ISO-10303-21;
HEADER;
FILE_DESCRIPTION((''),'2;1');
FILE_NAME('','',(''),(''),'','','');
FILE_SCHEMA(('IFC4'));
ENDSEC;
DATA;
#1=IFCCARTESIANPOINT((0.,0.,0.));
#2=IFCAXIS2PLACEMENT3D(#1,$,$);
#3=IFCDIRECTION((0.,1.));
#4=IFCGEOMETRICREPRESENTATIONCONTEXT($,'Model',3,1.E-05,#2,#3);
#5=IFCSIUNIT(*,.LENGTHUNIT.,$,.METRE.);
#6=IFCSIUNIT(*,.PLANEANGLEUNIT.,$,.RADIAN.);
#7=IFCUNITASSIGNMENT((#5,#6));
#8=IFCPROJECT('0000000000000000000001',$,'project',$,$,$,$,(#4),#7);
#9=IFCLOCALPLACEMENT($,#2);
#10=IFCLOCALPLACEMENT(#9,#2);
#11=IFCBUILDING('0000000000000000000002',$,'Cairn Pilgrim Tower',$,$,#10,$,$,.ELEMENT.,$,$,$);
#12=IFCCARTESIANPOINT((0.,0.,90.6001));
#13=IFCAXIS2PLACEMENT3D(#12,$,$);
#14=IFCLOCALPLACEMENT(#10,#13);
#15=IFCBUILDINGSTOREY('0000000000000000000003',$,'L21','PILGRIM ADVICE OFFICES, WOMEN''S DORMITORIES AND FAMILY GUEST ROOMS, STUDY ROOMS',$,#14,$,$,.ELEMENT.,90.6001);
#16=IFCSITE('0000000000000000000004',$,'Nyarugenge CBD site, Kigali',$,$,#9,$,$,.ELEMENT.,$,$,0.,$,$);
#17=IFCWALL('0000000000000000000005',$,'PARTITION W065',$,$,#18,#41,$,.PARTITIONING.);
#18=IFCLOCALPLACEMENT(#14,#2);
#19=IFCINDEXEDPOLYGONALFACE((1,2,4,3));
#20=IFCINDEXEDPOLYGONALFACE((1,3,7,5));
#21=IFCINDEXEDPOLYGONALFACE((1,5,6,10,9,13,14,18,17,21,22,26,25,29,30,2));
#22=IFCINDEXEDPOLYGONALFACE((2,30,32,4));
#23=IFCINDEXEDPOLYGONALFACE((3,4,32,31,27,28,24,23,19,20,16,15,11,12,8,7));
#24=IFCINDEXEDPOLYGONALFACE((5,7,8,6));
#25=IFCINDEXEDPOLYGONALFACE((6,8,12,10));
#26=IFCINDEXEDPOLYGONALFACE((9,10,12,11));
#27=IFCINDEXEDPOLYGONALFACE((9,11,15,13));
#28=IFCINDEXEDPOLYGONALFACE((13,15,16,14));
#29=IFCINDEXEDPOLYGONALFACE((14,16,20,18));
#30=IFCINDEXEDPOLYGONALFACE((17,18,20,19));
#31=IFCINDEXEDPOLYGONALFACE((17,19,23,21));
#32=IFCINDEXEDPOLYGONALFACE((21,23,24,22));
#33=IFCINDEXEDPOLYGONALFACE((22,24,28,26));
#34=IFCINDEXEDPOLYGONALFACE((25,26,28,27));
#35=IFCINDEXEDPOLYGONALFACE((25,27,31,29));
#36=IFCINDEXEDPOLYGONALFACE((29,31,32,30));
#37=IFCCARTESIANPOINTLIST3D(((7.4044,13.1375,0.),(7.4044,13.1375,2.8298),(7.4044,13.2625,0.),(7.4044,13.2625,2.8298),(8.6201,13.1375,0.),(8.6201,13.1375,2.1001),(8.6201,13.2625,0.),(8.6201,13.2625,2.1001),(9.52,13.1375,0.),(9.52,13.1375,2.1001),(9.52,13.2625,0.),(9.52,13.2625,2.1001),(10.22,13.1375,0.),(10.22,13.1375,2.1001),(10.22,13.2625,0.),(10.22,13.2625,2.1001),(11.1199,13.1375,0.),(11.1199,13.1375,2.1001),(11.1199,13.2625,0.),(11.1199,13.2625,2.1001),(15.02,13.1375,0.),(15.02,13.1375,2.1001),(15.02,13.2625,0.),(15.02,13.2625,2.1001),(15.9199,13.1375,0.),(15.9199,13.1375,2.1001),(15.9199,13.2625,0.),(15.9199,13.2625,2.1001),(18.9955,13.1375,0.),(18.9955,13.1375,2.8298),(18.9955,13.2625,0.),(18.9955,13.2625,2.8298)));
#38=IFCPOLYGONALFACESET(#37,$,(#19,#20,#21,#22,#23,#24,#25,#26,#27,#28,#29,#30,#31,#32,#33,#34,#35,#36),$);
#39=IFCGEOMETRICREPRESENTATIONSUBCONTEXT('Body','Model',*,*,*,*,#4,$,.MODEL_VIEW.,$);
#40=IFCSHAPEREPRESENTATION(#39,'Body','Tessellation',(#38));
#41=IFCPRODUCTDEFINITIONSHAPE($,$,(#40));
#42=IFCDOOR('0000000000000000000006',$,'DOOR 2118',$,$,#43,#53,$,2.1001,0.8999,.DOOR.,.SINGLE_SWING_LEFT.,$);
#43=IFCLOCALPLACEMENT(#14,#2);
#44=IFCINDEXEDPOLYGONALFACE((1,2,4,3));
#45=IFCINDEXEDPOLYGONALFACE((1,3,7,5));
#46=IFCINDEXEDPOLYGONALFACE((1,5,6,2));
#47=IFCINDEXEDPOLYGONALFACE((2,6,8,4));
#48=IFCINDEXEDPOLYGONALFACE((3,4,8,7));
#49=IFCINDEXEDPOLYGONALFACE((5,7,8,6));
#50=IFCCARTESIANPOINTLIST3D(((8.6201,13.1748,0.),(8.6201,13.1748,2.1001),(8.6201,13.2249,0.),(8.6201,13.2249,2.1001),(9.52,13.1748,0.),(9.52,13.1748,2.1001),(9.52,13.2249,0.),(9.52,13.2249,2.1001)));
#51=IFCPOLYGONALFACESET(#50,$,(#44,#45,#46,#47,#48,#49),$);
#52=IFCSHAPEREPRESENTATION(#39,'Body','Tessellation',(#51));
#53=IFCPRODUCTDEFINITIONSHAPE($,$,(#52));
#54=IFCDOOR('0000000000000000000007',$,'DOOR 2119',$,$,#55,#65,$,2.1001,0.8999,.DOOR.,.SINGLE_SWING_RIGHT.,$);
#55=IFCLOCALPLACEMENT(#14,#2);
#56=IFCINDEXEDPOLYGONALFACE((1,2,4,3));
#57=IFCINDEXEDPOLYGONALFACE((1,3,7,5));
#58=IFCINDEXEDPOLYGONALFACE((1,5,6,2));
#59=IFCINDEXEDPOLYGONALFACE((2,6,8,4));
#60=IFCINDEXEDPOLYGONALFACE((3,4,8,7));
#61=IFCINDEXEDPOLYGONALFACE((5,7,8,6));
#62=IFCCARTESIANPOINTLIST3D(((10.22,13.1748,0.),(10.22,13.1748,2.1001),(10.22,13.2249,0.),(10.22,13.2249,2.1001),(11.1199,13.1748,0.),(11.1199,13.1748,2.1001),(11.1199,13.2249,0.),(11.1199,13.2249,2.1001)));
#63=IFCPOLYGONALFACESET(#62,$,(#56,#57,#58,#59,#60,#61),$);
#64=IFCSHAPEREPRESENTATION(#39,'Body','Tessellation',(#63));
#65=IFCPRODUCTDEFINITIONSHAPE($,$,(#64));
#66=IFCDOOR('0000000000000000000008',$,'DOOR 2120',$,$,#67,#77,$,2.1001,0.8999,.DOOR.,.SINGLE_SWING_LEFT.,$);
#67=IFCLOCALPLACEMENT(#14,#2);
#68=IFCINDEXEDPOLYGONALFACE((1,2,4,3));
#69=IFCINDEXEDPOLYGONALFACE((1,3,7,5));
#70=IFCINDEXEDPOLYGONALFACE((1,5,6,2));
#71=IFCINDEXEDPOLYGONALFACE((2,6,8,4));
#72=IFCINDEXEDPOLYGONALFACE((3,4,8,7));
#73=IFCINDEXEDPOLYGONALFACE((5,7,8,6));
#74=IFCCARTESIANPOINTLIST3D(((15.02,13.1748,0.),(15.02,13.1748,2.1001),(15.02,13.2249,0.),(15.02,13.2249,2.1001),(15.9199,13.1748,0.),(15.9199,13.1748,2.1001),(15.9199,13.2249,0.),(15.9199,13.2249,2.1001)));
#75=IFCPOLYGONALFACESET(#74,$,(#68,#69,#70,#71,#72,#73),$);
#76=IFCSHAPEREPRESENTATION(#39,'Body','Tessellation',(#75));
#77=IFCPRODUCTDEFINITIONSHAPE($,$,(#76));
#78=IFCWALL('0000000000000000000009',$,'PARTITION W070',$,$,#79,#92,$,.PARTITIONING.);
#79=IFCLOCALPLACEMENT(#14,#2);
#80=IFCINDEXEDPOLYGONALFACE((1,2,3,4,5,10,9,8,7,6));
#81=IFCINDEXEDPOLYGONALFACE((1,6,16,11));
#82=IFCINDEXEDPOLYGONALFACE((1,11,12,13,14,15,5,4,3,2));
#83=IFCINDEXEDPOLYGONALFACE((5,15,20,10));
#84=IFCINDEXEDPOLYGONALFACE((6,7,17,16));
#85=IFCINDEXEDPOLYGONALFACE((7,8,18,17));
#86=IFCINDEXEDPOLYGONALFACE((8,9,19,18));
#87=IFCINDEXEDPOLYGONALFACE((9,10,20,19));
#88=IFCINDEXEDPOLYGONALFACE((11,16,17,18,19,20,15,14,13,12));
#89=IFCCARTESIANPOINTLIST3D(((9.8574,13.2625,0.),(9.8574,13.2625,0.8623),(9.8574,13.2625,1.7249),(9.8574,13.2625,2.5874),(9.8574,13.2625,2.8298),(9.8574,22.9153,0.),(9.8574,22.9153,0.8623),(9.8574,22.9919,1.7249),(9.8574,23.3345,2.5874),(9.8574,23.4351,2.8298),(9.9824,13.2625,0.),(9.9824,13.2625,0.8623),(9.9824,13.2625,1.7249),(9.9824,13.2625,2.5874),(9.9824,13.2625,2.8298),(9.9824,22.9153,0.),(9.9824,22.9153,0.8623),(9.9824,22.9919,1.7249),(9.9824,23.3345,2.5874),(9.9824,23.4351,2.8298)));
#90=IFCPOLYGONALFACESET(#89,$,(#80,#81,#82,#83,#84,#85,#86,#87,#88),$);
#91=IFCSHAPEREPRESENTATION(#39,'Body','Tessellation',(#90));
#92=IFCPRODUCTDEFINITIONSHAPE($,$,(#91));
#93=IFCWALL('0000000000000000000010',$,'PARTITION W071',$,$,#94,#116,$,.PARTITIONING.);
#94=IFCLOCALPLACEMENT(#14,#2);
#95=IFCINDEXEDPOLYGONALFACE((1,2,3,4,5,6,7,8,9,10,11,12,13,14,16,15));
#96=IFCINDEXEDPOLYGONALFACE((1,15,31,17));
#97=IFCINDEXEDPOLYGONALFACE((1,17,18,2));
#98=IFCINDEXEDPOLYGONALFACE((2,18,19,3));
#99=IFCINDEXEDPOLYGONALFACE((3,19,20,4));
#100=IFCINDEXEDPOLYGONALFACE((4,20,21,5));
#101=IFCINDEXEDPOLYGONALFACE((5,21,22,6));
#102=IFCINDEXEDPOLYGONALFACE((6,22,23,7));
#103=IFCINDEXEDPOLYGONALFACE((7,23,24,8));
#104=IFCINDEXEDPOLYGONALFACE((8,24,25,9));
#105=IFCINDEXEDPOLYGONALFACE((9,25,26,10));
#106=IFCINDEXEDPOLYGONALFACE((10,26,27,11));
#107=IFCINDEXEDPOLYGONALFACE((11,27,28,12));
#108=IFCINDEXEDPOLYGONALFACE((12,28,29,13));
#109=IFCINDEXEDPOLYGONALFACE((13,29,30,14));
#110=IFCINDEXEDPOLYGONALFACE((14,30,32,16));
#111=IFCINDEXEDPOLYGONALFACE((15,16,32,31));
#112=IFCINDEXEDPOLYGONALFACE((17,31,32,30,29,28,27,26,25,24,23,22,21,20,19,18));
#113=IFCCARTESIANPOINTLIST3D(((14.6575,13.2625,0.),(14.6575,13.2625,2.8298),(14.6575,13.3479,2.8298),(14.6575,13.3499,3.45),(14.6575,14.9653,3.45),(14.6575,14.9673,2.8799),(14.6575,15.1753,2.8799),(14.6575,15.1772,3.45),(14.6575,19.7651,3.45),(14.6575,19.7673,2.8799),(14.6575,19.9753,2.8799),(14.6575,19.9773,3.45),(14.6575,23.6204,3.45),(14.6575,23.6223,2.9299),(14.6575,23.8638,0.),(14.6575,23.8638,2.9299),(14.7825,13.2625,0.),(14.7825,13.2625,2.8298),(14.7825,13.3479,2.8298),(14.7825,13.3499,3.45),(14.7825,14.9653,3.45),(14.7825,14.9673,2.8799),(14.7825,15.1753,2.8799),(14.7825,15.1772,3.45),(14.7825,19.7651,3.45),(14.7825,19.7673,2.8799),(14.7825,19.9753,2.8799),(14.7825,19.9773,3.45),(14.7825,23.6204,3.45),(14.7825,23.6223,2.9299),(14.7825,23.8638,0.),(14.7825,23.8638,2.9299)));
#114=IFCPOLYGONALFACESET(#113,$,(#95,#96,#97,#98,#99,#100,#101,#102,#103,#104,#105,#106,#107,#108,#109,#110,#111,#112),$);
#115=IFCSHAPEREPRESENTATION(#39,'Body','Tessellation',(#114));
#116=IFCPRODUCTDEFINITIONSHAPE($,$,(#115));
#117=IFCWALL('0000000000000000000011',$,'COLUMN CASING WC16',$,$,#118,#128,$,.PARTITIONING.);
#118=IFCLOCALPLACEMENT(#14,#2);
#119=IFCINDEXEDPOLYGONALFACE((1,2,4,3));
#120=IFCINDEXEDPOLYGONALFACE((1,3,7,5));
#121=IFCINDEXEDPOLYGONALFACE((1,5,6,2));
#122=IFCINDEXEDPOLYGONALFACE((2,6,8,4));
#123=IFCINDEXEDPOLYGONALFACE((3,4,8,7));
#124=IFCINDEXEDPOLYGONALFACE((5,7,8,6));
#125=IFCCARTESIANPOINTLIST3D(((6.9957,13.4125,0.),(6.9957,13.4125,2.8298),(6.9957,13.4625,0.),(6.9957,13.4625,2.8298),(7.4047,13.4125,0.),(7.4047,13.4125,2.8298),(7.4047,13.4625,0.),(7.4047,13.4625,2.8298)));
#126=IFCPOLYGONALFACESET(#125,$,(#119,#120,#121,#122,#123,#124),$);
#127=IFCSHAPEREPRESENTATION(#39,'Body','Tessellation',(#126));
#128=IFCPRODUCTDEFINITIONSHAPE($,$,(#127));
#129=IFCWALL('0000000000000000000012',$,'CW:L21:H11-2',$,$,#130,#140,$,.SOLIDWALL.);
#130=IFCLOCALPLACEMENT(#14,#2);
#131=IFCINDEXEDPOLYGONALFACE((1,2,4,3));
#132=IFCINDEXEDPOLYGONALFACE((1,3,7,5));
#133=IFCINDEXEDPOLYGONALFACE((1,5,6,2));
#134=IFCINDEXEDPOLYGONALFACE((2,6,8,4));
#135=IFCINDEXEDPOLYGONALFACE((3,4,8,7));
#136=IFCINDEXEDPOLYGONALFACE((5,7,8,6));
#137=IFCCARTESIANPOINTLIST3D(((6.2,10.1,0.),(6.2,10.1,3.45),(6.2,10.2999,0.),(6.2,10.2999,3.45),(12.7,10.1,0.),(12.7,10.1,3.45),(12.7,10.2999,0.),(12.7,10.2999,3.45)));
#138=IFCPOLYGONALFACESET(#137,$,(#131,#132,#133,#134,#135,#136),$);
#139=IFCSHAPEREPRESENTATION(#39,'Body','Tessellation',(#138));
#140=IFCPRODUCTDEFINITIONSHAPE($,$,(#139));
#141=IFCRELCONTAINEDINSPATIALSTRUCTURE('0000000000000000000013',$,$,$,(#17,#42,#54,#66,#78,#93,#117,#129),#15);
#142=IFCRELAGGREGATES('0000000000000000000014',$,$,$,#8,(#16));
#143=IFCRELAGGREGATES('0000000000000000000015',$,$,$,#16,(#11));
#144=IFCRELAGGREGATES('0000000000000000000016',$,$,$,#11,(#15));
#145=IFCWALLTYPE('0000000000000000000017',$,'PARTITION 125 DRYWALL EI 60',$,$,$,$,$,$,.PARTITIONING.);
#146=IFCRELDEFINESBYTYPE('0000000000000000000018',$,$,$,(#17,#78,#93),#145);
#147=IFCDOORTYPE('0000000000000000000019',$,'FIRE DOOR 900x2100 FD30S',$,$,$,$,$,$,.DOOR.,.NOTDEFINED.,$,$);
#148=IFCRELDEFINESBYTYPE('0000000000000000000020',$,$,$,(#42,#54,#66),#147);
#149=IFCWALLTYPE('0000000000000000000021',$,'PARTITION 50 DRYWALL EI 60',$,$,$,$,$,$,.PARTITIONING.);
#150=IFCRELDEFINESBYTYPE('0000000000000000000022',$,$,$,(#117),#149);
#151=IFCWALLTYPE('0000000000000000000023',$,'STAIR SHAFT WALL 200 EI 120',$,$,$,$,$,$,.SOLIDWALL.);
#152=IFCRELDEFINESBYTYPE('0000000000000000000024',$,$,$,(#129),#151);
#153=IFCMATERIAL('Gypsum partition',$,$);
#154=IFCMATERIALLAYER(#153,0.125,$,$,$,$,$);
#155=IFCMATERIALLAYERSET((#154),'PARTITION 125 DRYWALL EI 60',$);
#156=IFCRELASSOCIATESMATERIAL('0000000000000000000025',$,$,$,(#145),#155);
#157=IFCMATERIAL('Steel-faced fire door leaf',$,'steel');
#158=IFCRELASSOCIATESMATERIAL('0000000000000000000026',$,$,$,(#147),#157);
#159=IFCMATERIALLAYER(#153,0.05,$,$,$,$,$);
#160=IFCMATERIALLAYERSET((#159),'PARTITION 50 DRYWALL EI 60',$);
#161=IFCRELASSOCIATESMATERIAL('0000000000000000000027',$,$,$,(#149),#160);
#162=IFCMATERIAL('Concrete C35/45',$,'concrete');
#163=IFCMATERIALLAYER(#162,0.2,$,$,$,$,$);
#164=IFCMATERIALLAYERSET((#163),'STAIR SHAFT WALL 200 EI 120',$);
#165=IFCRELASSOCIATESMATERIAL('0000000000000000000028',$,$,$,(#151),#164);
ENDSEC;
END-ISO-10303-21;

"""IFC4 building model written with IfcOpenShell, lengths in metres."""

from ifc_helpers import new_model, si_unit, direction, frame, frame_2d, origin, place, context, subcontext, project, spatial, polyline, rectangle, outline, extrude, material, layer, layer_set, type_object, element, fill, save


model = new_model("IFC4")

# Units and contexts
model_context = context("Model", 3, precision=1e-05, world=origin(), true_north=direction((0.0, 1.0)))
body_context = subcontext(model_context, "Body", "Model", "MODEL_VIEW")
ifc_project = project(units=[si_unit("LENGTHUNIT", "METRE"), si_unit("PLANEANGLEUNIT", "RADIAN")], contexts=[model_context])

# Site, building, storey
site_placement = place(None, origin())
site = spatial("IfcSite", under=ifc_project, at=site_placement, Name="Nyarugenge CBD site, Kigali", CompositionType="ELEMENT", RefElevation=0.0)
building_placement = place(site_placement, origin())
building = spatial("IfcBuilding", under=site, at=building_placement, Name="Cairn Pilgrim Tower", CompositionType="ELEMENT")
storey_placement = place(building_placement, frame((0.0, 0.0, 90.6001)))
storey = spatial("IfcBuildingStorey", under=building, at=storey_placement, Name="L21", Description="PILGRIM ADVICE OFFICES, WOMEN'S DORMITORIES AND FAMILY GUEST ROOMS, STUDY ROOMS", CompositionType="ELEMENT", Elevation=90.6001)

# Wall, openings, doors
ifc_material_1 = material(Name="Gypsum partition")
ifc_layer_1 = layer(ifc_material_1, 0.125)
ifc_layer_set_1 = layer_set([ifc_layer_1], Name="PARTITION 125 DRYWALL EI 60")
wall_type_1 = type_object("IfcWallType", Name="PARTITION 125 DRYWALL EI 60", PredefinedType="PARTITIONING", material=ifc_layer_set_1)
wall_1_placement = place(storey_placement, frame((7.4045, 13.2, 0.0), z_axis=(0.0, 0.0, 1.0), x_axis=(1.0, 0.0, 0.0)))
wall_1 = element("IfcWall", 1, at=wall_1_placement, inside=storey, type_object=wall_type_1, Name="PARTITION W065", PredefinedType="PARTITIONING", context=body_context, shape_type="SweptSolid", body=[
    extrude(rectangle(XDim=11.5911, YDim=0.125, at=frame_2d((5.7954, 0.0))), origin(), (0.0, 0.0, 1.0), 2.8298),
])
opening_1_placement = place(wall_1_placement, frame((1.2156, 0.0, 0.0)))
opening_1 = element("IfcOpeningElement", 2, at=opening_1_placement, cuts=wall_1, PredefinedType="OPENING", context=body_context, shape_type="SweptSolid", body=[
    extrude(rectangle(XDim=0.8999, YDim=2.1001, at=frame_2d((0.45, 1.05))), frame((0.0, 0.0725, 0.0), z_axis=(0.0, -1.0, 0.0), x_axis=(1.0, 0.0, 0.0)), (0.0, 0.0, 1.0), 0.145),
])
opening_2_placement = place(wall_1_placement, frame((2.8154, 0.0, 0.0)))
opening_2 = element("IfcOpeningElement", 3, at=opening_2_placement, cuts=wall_1, PredefinedType="OPENING", context=body_context, shape_type="SweptSolid", body=[
    extrude(rectangle(XDim=0.8999, YDim=2.1001, at=frame_2d((0.45, 1.05))), frame((0.0, 0.0725, 0.0), z_axis=(0.0, -1.0, 0.0), x_axis=(1.0, 0.0, 0.0)), (0.0, 0.0, 1.0), 0.145),
])
opening_3_placement = place(wall_1_placement, frame((7.6155, 0.0, 0.0)))
opening_3 = element("IfcOpeningElement", 4, at=opening_3_placement, cuts=wall_1, PredefinedType="OPENING", context=body_context, shape_type="SweptSolid", body=[
    extrude(rectangle(XDim=0.8999, YDim=2.1001, at=frame_2d((0.45, 1.05))), frame((0.0, 0.0725, 0.0), z_axis=(0.0, -1.0, 0.0), x_axis=(1.0, 0.0, 0.0)), (0.0, 0.0, 1.0), 0.145),
])
ifc_material_2 = material(Name="Steel-faced fire door leaf", Category="steel")
door_type_1 = type_object("IfcDoorType", Name="FIRE DOOR 900x2100 FD30S", OperationType="NOTDEFINED", PredefinedType="DOOR", material=ifc_material_2)
door_1_placement = place(opening_1_placement, origin())
door_1 = element("IfcDoor", 5, at=door_1_placement, inside=storey, type_object=door_type_1, Name="DOOR 2118", OperationType="SINGLE_SWING_LEFT", OverallHeight=2.1001, OverallWidth=0.8999, PredefinedType="DOOR", context=body_context, shape_type="SweptSolid", body=[
    extrude(rectangle(XDim=0.8999, YDim=2.1001, at=frame_2d((0.45, 1.05))), frame((0.0, 0.0249, 0.0), z_axis=(0.0, -1.0, 0.0), x_axis=(1.0, 0.0, 0.0)), (0.0, 0.0, 1.0), 0.05),
])
fill(opening_1, door_1)
door_2_placement = place(opening_2_placement, origin())
door_2 = element("IfcDoor", 6, at=door_2_placement, inside=storey, type_object=door_type_1, Name="DOOR 2119", OperationType="SINGLE_SWING_RIGHT", OverallHeight=2.1001, OverallWidth=0.8999, PredefinedType="DOOR", context=body_context, shape_type="SweptSolid", body=[
    extrude(rectangle(XDim=0.8999, YDim=2.1001, at=frame_2d((0.45, 1.05))), frame((0.0, 0.0249, 0.0), z_axis=(0.0, -1.0, 0.0), x_axis=(1.0, 0.0, 0.0)), (0.0, 0.0, 1.0), 0.05),
])
fill(opening_2, door_2)
door_3_placement = place(opening_3_placement, origin())
door_3 = element("IfcDoor", 7, at=door_3_placement, inside=storey, type_object=door_type_1, Name="DOOR 2120", OperationType="SINGLE_SWING_LEFT", OverallHeight=2.1001, OverallWidth=0.8999, PredefinedType="DOOR", context=body_context, shape_type="SweptSolid", body=[
    extrude(rectangle(XDim=0.8999, YDim=2.1001, at=frame_2d((0.45, 1.05))), frame((0.0, 0.0249, 0.0), z_axis=(0.0, -1.0, 0.0), x_axis=(1.0, 0.0, 0.0)), (0.0, 0.0, 1.0), 0.05),
])
fill(opening_3, door_3)

# Walls
wall_2_placement = place(storey_placement, frame((9.9199, 13.2625, 0.0), z_axis=(0.0, 0.0, 1.0), x_axis=(0.0, 1.0, 0.0)))
element("IfcWall", 8, at=wall_2_placement, inside=storey, type_object=wall_type_1, Name="PARTITION W070", PredefinedType="PARTITIONING", context=body_context, shape_type="SweptSolid", body=[
    extrude(outline(polyline([(0.0, 0.0), (9.6528, 0.0), (9.6528, 0.8623), (9.7295, 1.7249), (10.072, 2.5874), (10.1726, 2.8298), (0.0, 2.8298), (0.0, 2.5874), (0.0, 1.7249), (0.0, 0.8623), (0.0, 0.0)])), frame((0.0, 0.0625, 0.0), z_axis=(0.0, -1.0, 0.0), x_axis=(1.0, 0.0, 0.0)), (0.0, 0.0, 1.0), 0.125),
])
wall_3_placement = place(storey_placement, frame((14.72, 13.2625, 0.0), z_axis=(0.0, 0.0, 1.0), x_axis=(0.0, 1.0, 0.0)))
element("IfcWall", 9, at=wall_3_placement, inside=storey, type_object=wall_type_1, Name="PARTITION W071", PredefinedType="PARTITIONING", context=body_context, shape_type="SweptSolid", body=[
    extrude(outline(polyline([(0.0, 0.0), (10.6013, 0.0), (10.6013, 2.9299), (10.3599, 2.9299), (10.3579, 3.45), (6.7148, 3.45), (6.7129, 2.8799), (6.5049, 2.8799), (6.5027, 3.45), (1.9148, 3.45), (1.9128, 2.8799), (1.7048, 2.8799), (1.7029, 3.45), (0.0874, 3.45), (0.0854, 2.8298), (0.0, 2.8298), (0.0, 0.0)])), frame((0.0, 0.0625, 0.0), z_axis=(0.0, -1.0, 0.0), x_axis=(1.0, 0.0, 0.0)), (0.0, 0.0, 1.0), 0.125),
])
ifc_layer_2 = layer(ifc_material_1, 0.05)
ifc_layer_set_2 = layer_set([ifc_layer_2], Name="PARTITION 50 DRYWALL EI 60")
wall_type_2 = type_object("IfcWallType", Name="PARTITION 50 DRYWALL EI 60", PredefinedType="PARTITIONING", material=ifc_layer_set_2)
wall_4_placement = place(storey_placement, frame((6.9956, 13.4375, 0.0), z_axis=(0.0, 0.0, 1.0), x_axis=(1.0, 0.0, 0.0)))
element("IfcWall", 10, at=wall_4_placement, inside=storey, type_object=wall_type_2, Name="COLUMN CASING WC16", PredefinedType="PARTITIONING", context=body_context, shape_type="SweptSolid", body=[
    extrude(rectangle(XDim=0.4089, YDim=0.05, at=frame_2d((0.2046, 0.0))), origin(), (0.0, 0.0, 1.0), 2.8298),
])
ifc_material_3 = material(Name="Concrete C35/45", Category="concrete")
ifc_layer_3 = layer(ifc_material_3, 0.2)
ifc_layer_set_3 = layer_set([ifc_layer_3], Name="STAIR SHAFT WALL 200 EI 120")
wall_type_3 = type_object("IfcWallType", Name="STAIR SHAFT WALL 200 EI 120", PredefinedType="SOLIDWALL", material=ifc_layer_set_3)
wall_5_placement = place(storey_placement, frame((6.2, 10.2, 0.0), z_axis=(0.0, 0.0, 1.0), x_axis=(1.0, 0.0, 0.0)))
element("IfcWall", 11, at=wall_5_placement, inside=storey, type_object=wall_type_3, Name="CW:L21:H11-2", PredefinedType="SOLIDWALL", context=body_context, shape_type="SweptSolid", body=[
    extrude(rectangle(XDim=6.5, YDim=0.2, at=frame_2d((3.25, 0.0))), origin(), (0.0, 0.0, 1.0), 3.45),
])

save(model, "model.ifc")
